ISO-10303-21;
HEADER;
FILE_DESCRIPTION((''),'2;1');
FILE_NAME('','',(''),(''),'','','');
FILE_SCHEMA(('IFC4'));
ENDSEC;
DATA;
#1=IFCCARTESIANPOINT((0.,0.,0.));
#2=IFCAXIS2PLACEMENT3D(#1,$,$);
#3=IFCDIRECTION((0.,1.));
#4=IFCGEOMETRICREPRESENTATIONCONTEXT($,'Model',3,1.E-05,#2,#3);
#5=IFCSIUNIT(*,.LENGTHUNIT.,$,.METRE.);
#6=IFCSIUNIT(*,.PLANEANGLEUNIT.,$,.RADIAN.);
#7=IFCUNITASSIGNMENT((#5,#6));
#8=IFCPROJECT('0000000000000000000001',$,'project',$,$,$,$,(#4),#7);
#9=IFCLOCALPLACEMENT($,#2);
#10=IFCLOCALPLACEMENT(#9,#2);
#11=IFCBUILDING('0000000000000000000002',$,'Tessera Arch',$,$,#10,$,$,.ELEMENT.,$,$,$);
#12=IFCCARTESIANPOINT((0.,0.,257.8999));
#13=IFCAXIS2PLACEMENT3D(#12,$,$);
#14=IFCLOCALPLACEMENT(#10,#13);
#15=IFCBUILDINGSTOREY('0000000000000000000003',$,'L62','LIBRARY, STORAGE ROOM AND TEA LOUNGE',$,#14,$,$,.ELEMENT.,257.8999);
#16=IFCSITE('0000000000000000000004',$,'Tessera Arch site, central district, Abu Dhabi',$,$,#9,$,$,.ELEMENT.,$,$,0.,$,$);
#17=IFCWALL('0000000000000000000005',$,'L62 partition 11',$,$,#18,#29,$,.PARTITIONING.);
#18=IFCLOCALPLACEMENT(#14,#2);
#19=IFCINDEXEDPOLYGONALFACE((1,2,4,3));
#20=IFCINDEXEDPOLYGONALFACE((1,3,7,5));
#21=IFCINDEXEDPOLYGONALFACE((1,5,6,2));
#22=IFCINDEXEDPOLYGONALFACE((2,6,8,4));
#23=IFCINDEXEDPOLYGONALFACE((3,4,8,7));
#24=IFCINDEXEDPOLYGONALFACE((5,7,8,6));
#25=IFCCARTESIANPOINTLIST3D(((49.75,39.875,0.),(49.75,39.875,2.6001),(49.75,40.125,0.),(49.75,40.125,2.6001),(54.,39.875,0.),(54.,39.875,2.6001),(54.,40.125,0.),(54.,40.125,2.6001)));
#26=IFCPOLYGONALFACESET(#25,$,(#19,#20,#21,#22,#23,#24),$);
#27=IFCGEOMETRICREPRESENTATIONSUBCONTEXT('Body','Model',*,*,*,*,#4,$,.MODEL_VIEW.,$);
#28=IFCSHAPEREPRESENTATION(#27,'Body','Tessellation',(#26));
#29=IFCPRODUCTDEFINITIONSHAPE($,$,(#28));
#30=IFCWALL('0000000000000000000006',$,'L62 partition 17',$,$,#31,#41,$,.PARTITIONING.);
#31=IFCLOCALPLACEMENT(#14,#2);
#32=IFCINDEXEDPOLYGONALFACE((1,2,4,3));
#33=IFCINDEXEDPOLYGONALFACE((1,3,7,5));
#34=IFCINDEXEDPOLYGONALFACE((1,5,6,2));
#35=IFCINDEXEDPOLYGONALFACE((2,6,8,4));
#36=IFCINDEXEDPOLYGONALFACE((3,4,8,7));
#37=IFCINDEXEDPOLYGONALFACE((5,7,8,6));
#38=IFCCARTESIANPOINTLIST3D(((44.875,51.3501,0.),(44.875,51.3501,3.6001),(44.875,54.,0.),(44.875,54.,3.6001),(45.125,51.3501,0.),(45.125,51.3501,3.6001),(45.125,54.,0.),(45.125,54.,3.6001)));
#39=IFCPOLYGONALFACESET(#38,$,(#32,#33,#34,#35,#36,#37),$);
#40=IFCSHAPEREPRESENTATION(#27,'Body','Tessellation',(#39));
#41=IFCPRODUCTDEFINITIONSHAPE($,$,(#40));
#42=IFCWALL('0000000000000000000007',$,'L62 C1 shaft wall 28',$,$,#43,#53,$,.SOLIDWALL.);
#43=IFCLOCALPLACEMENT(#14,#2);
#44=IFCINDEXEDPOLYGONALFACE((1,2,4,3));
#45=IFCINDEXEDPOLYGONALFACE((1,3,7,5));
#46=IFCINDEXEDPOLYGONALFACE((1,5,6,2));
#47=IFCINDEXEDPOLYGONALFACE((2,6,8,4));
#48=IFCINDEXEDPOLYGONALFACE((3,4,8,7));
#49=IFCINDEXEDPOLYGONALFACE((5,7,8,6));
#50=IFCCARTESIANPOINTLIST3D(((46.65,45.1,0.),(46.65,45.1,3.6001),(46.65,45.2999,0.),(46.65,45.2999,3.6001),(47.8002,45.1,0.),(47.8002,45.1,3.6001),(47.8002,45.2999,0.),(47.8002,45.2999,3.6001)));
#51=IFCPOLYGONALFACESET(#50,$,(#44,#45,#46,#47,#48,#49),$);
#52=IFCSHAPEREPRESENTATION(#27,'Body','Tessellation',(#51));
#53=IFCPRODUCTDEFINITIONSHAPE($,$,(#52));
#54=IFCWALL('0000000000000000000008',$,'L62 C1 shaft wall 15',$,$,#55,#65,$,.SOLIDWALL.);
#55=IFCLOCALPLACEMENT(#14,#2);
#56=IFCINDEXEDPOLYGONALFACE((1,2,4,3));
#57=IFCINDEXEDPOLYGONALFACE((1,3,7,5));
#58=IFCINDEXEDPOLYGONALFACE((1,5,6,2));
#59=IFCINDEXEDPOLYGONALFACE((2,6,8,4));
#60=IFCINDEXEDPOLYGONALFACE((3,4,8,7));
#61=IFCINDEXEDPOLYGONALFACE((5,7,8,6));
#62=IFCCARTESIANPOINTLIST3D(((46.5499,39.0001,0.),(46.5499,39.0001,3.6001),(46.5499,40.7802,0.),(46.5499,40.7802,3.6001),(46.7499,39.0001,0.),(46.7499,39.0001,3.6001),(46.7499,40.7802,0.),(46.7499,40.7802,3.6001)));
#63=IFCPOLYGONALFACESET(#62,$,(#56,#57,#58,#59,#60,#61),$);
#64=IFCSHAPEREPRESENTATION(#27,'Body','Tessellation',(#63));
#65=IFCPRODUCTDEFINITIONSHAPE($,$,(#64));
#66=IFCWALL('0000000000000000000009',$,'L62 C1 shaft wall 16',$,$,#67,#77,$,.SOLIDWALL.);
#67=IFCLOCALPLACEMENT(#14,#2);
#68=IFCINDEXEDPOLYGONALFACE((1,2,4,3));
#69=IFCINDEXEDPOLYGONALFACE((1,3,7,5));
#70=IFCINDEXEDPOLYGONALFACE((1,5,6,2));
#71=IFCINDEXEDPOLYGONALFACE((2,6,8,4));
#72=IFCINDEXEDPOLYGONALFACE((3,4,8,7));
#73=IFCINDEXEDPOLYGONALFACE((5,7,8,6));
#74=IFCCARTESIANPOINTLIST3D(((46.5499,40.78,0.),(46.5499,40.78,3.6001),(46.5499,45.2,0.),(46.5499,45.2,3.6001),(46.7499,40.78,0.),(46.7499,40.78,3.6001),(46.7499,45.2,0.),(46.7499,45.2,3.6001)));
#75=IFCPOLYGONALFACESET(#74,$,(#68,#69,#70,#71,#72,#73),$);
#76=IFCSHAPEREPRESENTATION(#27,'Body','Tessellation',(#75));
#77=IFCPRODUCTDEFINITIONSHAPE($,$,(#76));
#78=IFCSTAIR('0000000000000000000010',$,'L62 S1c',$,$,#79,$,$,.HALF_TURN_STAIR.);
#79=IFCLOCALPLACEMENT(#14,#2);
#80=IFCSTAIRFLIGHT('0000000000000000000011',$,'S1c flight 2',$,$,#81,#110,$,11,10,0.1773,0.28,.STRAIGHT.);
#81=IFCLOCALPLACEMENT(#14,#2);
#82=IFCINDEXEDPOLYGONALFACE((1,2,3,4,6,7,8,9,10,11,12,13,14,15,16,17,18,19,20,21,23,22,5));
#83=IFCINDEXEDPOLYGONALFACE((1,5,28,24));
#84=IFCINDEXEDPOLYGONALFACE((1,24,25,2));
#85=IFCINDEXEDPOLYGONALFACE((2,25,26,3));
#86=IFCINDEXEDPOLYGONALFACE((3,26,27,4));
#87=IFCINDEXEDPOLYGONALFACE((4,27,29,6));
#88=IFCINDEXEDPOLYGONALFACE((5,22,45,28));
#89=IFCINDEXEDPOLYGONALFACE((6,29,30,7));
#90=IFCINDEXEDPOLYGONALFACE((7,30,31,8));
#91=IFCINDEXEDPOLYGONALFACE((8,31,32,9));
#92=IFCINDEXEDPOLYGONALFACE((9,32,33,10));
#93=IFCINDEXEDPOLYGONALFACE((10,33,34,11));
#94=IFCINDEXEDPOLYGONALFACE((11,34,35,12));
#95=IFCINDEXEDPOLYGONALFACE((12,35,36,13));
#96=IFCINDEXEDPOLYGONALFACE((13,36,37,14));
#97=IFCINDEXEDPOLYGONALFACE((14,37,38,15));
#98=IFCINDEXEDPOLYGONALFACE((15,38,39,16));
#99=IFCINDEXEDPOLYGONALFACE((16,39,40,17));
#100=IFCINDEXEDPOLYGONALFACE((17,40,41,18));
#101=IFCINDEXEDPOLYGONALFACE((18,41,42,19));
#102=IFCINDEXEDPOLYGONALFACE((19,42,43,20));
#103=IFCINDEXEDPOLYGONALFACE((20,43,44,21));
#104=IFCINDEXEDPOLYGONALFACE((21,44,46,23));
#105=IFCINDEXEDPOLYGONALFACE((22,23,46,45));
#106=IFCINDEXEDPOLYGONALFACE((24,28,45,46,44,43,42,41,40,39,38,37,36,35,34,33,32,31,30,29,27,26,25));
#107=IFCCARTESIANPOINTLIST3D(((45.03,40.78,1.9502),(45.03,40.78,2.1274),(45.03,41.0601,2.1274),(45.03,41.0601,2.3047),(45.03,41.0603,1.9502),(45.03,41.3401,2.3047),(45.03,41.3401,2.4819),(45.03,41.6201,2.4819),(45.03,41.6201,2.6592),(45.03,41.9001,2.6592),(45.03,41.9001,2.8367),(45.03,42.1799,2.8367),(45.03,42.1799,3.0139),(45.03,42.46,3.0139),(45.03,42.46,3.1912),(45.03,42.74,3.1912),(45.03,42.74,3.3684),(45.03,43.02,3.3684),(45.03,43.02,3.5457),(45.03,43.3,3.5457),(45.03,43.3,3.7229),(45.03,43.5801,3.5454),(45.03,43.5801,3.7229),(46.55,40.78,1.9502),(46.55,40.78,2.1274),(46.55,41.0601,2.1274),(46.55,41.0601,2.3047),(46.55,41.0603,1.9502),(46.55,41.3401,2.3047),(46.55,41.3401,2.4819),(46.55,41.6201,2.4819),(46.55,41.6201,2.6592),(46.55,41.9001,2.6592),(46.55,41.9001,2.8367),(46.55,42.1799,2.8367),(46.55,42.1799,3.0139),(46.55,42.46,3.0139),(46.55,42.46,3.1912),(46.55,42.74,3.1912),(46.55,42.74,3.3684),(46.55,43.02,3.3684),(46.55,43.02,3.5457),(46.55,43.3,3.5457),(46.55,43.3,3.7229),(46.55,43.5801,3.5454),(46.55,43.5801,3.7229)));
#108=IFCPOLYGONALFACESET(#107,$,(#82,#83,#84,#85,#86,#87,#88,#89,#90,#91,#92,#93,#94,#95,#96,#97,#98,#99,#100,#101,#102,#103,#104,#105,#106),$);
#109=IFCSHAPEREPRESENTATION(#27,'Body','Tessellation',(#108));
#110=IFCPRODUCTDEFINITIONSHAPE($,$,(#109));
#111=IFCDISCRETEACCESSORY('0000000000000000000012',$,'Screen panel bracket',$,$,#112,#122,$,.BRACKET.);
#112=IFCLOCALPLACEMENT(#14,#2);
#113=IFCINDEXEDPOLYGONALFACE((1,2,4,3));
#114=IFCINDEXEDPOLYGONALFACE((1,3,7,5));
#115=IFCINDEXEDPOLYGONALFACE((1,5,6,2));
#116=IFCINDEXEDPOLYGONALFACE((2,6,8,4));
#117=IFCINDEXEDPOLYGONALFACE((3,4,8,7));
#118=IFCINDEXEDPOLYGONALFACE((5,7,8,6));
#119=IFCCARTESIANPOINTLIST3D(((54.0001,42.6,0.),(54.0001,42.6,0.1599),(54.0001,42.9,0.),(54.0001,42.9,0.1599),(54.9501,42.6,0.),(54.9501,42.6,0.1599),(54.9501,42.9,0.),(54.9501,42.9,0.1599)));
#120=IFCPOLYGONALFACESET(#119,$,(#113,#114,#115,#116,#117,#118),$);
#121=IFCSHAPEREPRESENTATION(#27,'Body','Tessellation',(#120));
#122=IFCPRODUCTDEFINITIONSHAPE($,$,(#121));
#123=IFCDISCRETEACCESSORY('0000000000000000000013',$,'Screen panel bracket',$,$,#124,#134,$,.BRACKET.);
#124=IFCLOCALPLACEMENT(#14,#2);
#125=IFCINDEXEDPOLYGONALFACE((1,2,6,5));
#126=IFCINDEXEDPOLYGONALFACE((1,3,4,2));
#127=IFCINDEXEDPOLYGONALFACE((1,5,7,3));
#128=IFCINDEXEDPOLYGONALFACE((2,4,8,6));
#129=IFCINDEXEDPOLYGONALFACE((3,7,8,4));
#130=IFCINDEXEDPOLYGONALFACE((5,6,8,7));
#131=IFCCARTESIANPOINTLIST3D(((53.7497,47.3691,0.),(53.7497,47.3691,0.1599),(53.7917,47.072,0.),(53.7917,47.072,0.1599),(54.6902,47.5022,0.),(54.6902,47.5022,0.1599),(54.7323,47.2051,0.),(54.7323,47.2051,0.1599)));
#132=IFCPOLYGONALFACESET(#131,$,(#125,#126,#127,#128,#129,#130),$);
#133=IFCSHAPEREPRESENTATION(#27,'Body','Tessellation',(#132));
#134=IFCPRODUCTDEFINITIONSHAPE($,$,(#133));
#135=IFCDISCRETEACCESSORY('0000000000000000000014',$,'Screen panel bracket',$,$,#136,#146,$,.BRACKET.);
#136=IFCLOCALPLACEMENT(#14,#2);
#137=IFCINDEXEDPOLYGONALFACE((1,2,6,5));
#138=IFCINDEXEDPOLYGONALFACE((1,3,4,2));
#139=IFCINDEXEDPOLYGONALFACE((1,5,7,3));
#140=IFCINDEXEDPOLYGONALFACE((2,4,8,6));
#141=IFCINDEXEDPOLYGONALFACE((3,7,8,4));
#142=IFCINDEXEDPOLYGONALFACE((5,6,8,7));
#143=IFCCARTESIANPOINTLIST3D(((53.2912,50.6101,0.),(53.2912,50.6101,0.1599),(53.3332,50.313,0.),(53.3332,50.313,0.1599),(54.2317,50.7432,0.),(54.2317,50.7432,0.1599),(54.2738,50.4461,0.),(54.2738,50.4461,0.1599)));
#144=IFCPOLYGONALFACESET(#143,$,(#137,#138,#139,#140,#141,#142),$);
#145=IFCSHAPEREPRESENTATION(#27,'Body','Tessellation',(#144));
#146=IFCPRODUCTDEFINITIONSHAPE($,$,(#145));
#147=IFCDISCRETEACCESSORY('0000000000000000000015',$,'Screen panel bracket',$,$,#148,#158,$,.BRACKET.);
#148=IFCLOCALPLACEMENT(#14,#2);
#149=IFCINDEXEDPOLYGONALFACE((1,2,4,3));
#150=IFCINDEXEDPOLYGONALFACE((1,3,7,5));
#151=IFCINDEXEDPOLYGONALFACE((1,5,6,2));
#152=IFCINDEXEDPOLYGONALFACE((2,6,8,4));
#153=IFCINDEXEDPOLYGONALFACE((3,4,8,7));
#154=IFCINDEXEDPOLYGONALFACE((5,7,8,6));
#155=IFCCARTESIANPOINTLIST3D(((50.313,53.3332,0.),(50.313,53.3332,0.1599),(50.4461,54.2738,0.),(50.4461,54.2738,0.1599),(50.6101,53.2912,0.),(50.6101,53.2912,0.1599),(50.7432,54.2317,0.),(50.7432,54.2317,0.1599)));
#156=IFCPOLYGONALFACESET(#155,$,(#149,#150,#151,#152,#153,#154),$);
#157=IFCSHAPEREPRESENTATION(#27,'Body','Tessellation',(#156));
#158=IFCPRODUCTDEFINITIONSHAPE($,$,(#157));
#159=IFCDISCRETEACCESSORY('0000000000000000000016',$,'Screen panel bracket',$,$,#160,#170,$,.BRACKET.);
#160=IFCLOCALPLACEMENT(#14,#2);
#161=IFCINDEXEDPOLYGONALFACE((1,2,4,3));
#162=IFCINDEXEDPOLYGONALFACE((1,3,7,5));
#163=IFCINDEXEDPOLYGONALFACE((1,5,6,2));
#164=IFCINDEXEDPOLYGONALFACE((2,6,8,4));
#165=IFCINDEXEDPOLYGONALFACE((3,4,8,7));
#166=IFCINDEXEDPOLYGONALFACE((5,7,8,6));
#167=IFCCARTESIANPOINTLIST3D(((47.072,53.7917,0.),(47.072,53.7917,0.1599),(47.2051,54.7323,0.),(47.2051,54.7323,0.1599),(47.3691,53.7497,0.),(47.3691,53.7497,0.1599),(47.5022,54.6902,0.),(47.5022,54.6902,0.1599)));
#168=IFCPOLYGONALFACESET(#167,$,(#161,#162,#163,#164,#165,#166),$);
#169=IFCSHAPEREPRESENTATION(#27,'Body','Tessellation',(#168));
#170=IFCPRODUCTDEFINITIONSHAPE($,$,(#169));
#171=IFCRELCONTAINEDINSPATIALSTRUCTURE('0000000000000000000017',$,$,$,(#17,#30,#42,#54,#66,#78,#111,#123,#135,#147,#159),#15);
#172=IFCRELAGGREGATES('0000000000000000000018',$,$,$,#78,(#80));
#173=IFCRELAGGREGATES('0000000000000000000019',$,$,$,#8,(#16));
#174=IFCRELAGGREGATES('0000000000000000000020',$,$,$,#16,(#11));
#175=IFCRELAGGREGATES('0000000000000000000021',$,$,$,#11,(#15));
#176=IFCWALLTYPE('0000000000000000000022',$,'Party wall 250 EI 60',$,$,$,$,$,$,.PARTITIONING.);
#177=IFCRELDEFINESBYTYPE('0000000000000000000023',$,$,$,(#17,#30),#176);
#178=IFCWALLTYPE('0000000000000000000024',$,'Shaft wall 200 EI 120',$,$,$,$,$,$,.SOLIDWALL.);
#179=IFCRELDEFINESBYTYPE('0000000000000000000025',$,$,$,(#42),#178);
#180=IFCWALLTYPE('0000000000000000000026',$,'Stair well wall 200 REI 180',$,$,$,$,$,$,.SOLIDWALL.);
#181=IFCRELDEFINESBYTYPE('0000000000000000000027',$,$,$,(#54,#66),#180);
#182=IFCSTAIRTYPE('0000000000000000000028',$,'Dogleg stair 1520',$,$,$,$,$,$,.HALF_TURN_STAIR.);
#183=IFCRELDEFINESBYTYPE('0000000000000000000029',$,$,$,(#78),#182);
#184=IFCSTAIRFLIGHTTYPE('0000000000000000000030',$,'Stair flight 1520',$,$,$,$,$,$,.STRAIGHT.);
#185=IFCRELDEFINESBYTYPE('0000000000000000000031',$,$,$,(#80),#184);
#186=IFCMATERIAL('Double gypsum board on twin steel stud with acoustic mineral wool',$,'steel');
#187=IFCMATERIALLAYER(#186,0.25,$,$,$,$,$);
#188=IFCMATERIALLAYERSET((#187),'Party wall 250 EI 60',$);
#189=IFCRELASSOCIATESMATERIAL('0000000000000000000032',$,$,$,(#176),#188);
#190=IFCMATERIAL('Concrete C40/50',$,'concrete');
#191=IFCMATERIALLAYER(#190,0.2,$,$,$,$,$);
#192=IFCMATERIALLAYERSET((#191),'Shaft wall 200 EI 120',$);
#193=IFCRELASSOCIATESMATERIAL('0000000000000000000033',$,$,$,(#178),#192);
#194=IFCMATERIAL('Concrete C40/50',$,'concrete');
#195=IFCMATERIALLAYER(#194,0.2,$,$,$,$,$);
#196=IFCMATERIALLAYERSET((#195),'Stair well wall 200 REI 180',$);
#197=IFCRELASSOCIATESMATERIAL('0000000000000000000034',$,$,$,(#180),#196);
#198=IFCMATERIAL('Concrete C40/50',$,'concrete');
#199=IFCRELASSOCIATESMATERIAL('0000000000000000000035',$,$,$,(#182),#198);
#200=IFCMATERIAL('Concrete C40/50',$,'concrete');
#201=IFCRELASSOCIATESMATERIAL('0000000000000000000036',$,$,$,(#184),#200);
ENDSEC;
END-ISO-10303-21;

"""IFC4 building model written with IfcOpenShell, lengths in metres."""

from ifc_helpers import new_model, si_unit, direction, frame, frame_2d, origin, origin_2d, place, context, subcontext, project, spatial, polyline, rectangle, outline, extrude, material, layer, layer_set, type_object, element, aggregate, save


model = new_model("IFC4")

# Units and contexts
model_context = context("Model", 3, precision=1e-05, world=origin(), true_north=direction((0.0, 1.0)))
body_context = subcontext(model_context, "Body", "Model", "MODEL_VIEW")
ifc_project = project(units=[si_unit("LENGTHUNIT", "METRE"), si_unit("PLANEANGLEUNIT", "RADIAN")], contexts=[model_context])

# Site, building, storey
site_placement = place(None, origin())
site = spatial("IfcSite", under=ifc_project, at=site_placement, Name="Tessera Arch site, central district, Abu Dhabi", CompositionType="ELEMENT", RefElevation=0.0)
building_placement = place(site_placement, origin())
building = spatial("IfcBuilding", under=site, at=building_placement, Name="Tessera Arch", CompositionType="ELEMENT")
storey_placement = place(building_placement, frame((0.0, 0.0, 257.8999)))
storey = spatial("IfcBuildingStorey", under=building, at=storey_placement, Name="L62", Description="LIBRARY, STORAGE ROOM AND TEA LOUNGE", CompositionType="ELEMENT", Elevation=257.8999)

# Walls
ifc_material_1 = material(Name="Double gypsum board on twin steel stud with acoustic mineral wool", Category="steel")
ifc_layer_1 = layer(ifc_material_1, 0.25)
ifc_layer_set_1 = layer_set([ifc_layer_1], Name="Party wall 250 EI 60")
wall_type_1 = type_object("IfcWallType", Name="Party wall 250 EI 60", PredefinedType="PARTITIONING", material=ifc_layer_set_1)
wall_1_placement = place(storey_placement, frame((49.75, 40.0, 0.0), z_axis=(0.0, 0.0, 1.0), x_axis=(1.0, 0.0, 0.0)))
element("IfcWall", 1, at=wall_1_placement, inside=storey, type_object=wall_type_1, Name="L62 partition 11", PredefinedType="PARTITIONING", context=body_context, shape_type="SweptSolid", body=[
    extrude(rectangle(XDim=4.25, YDim=0.25, at=frame_2d((2.125, 0.0))), origin(), (0.0, 0.0, 1.0), 2.6001),
])
wall_2_placement = place(storey_placement, frame((45.0, 51.3501, 0.0), z_axis=(0.0, 0.0, 1.0), x_axis=(0.0, 1.0, 0.0)))
element("IfcWall", 2, at=wall_2_placement, inside=storey, type_object=wall_type_1, Name="L62 partition 17", PredefinedType="PARTITIONING", context=body_context, shape_type="SweptSolid", body=[
    extrude(rectangle(XDim=2.6499, YDim=0.25, at=frame_2d((1.325, 0.0))), origin(), (0.0, 0.0, 1.0), 3.6001),
])
ifc_material_2 = material(Name="Concrete C40/50", Category="concrete")
ifc_layer_2 = layer(ifc_material_2, 0.2)
ifc_layer_set_2 = layer_set([ifc_layer_2], Name="Shaft wall 200 EI 120")
wall_type_2 = type_object("IfcWallType", Name="Shaft wall 200 EI 120", PredefinedType="SOLIDWALL", material=ifc_layer_set_2)
wall_3_placement = place(storey_placement, frame((46.6499, 45.2, 0.0), z_axis=(0.0, 0.0, 1.0), x_axis=(1.0, 0.0, 0.0)))
element("IfcWall", 3, at=wall_3_placement, inside=storey, type_object=wall_type_2, Name="L62 C1 shaft wall 28", PredefinedType="SOLIDWALL", context=body_context, shape_type="SweptSolid", body=[
    extrude(rectangle(XDim=1.1501, YDim=0.2, at=frame_2d((0.5752, 0.0))), origin(), (0.0, 0.0, 1.0), 3.6001),
])
ifc_material_3 = material(Name="Concrete C40/50", Category="concrete")
ifc_layer_3 = layer(ifc_material_3, 0.2)
ifc_layer_set_3 = layer_set([ifc_layer_3], Name="Stair well wall 200 REI 180")
wall_type_3 = type_object("IfcWallType", Name="Stair well wall 200 REI 180", PredefinedType="SOLIDWALL", material=ifc_layer_set_3)
wall_4_placement = place(storey_placement, frame((46.6499, 39.0, 0.0), z_axis=(0.0, 0.0, 1.0), x_axis=(0.0, 1.0, 0.0)))
element("IfcWall", 4, at=wall_4_placement, inside=storey, type_object=wall_type_3, Name="L62 C1 shaft wall 15", PredefinedType="SOLIDWALL", context=body_context, shape_type="SweptSolid", body=[
    extrude(rectangle(XDim=1.78, YDim=0.2, at=frame_2d((0.8901, 0.0))), origin(), (0.0, 0.0, 1.0), 3.6001),
])
wall_5_placement = place(storey_placement, frame((46.6499, 40.78, 0.0), z_axis=(0.0, 0.0, 1.0), x_axis=(0.0, 1.0, 0.0)))
element("IfcWall", 5, at=wall_5_placement, inside=storey, type_object=wall_type_3, Name="L62 C1 shaft wall 16", PredefinedType="SOLIDWALL", context=body_context, shape_type="SweptSolid", body=[
    extrude(rectangle(XDim=4.4199, YDim=0.2, at=frame_2d((2.21, 0.0))), origin(), (0.0, 0.0, 1.0), 3.6001),
])

# Stair, stair flight
ifc_material_4 = material(Name="Concrete C40/50", Category="concrete")
stair_type = type_object("IfcStairType", Name="Dogleg stair 1520", PredefinedType="HALF_TURN_STAIR", material=ifc_material_4)
stair_placement = place(storey_placement, origin())
stair = element("IfcStair", 6, at=stair_placement, inside=storey, type_object=stair_type, Name="L62 S1c", PredefinedType="HALF_TURN_STAIR")
ifc_material_5 = material(Name="Concrete C40/50", Category="concrete")
stair_flight_type = type_object("IfcStairFlightType", Name="Stair flight 1520", PredefinedType="STRAIGHT", material=ifc_material_5)
stair_flight_placement = place(storey_placement, frame((45.79, 40.78, 1.9502), z_axis=(0.0, 0.0, 1.0), x_axis=(0.0, 1.0, 0.0)))
stair_flight = element("IfcStairFlight", 7, at=stair_flight_placement, type_object=stair_flight_type, Name="S1c flight 2", NumberOfRisers=11, NumberOfTreads=10, PredefinedType="STRAIGHT", RiserHeight=0.1773, TreadLength=0.28, context=body_context, shape_type="SweptSolid", body=[
    extrude(outline(polyline([(0.0, 0.0), (0.0, 0.1772), (0.28, 0.1772), (0.28, 0.3545), (0.5601, 0.3545), (0.5601, 0.5317), (0.8401, 0.5317), (0.8401, 0.709), (1.1201, 0.709), (1.1201, 0.8865), (1.3999, 0.8865), (1.3999, 1.0637), (1.6799, 1.0637), (1.6799, 1.241), (1.96, 1.241), (1.96, 1.4182), (2.24, 1.4182), (2.24, 1.5955), (2.52, 1.5955), (2.52, 1.7727), (2.8, 1.7727), (2.8, 1.95), (2.8, 1.5952), (0.2803, 0.0), (0.0, 0.0)])), frame((0.0, 0.76, 0.0), z_axis=(0.0, -1.0, 0.0), x_axis=(1.0, 0.0, 0.0)), (0.0, 0.0, 1.0), 1.52),
])
aggregate(stair, [stair_flight])

# Discrete accessories
for number, where, z_axis, x_axis, name in (
    (8, (54.4751, 42.75, 0.0), (0.0, 0.0, 1.0), (1.0, 0.0, 0.0), "Screen panel bracket"),
    (9, (54.241, 47.2871, 0.0), (0.0, 0.0, 1.0), (0.990139, 0.140089, 0.0), "Screen panel bracket"),
    (10, (53.7825, 50.5281, 0.0), (0.0, 0.0, 1.0), (0.990139, 0.140089, 0.0), "Screen panel bracket"),
    (11, (50.5281, 53.7825, 0.0), (0.0, 0.0, 1.0), (0.140089, 0.990139, 0.0), "Screen panel bracket"),
    (12, (47.2871, 54.241, 0.0), (0.0, 0.0, 1.0), (0.140089, 0.990139, 0.0), "Screen panel bracket"),
):
    element("IfcDiscreteAccessory", number, at=place(storey_placement, frame(where, z_axis=z_axis, x_axis=x_axis)), inside=storey, Name=name, PredefinedType="BRACKET", context=body_context, shape_type="SweptSolid", body=[
        extrude(rectangle(XDim=0.95, YDim=0.3, at=origin_2d()), origin(), (0.0, 0.0, 1.0), 0.1599),
    ])

save(model, "model.ifc")
